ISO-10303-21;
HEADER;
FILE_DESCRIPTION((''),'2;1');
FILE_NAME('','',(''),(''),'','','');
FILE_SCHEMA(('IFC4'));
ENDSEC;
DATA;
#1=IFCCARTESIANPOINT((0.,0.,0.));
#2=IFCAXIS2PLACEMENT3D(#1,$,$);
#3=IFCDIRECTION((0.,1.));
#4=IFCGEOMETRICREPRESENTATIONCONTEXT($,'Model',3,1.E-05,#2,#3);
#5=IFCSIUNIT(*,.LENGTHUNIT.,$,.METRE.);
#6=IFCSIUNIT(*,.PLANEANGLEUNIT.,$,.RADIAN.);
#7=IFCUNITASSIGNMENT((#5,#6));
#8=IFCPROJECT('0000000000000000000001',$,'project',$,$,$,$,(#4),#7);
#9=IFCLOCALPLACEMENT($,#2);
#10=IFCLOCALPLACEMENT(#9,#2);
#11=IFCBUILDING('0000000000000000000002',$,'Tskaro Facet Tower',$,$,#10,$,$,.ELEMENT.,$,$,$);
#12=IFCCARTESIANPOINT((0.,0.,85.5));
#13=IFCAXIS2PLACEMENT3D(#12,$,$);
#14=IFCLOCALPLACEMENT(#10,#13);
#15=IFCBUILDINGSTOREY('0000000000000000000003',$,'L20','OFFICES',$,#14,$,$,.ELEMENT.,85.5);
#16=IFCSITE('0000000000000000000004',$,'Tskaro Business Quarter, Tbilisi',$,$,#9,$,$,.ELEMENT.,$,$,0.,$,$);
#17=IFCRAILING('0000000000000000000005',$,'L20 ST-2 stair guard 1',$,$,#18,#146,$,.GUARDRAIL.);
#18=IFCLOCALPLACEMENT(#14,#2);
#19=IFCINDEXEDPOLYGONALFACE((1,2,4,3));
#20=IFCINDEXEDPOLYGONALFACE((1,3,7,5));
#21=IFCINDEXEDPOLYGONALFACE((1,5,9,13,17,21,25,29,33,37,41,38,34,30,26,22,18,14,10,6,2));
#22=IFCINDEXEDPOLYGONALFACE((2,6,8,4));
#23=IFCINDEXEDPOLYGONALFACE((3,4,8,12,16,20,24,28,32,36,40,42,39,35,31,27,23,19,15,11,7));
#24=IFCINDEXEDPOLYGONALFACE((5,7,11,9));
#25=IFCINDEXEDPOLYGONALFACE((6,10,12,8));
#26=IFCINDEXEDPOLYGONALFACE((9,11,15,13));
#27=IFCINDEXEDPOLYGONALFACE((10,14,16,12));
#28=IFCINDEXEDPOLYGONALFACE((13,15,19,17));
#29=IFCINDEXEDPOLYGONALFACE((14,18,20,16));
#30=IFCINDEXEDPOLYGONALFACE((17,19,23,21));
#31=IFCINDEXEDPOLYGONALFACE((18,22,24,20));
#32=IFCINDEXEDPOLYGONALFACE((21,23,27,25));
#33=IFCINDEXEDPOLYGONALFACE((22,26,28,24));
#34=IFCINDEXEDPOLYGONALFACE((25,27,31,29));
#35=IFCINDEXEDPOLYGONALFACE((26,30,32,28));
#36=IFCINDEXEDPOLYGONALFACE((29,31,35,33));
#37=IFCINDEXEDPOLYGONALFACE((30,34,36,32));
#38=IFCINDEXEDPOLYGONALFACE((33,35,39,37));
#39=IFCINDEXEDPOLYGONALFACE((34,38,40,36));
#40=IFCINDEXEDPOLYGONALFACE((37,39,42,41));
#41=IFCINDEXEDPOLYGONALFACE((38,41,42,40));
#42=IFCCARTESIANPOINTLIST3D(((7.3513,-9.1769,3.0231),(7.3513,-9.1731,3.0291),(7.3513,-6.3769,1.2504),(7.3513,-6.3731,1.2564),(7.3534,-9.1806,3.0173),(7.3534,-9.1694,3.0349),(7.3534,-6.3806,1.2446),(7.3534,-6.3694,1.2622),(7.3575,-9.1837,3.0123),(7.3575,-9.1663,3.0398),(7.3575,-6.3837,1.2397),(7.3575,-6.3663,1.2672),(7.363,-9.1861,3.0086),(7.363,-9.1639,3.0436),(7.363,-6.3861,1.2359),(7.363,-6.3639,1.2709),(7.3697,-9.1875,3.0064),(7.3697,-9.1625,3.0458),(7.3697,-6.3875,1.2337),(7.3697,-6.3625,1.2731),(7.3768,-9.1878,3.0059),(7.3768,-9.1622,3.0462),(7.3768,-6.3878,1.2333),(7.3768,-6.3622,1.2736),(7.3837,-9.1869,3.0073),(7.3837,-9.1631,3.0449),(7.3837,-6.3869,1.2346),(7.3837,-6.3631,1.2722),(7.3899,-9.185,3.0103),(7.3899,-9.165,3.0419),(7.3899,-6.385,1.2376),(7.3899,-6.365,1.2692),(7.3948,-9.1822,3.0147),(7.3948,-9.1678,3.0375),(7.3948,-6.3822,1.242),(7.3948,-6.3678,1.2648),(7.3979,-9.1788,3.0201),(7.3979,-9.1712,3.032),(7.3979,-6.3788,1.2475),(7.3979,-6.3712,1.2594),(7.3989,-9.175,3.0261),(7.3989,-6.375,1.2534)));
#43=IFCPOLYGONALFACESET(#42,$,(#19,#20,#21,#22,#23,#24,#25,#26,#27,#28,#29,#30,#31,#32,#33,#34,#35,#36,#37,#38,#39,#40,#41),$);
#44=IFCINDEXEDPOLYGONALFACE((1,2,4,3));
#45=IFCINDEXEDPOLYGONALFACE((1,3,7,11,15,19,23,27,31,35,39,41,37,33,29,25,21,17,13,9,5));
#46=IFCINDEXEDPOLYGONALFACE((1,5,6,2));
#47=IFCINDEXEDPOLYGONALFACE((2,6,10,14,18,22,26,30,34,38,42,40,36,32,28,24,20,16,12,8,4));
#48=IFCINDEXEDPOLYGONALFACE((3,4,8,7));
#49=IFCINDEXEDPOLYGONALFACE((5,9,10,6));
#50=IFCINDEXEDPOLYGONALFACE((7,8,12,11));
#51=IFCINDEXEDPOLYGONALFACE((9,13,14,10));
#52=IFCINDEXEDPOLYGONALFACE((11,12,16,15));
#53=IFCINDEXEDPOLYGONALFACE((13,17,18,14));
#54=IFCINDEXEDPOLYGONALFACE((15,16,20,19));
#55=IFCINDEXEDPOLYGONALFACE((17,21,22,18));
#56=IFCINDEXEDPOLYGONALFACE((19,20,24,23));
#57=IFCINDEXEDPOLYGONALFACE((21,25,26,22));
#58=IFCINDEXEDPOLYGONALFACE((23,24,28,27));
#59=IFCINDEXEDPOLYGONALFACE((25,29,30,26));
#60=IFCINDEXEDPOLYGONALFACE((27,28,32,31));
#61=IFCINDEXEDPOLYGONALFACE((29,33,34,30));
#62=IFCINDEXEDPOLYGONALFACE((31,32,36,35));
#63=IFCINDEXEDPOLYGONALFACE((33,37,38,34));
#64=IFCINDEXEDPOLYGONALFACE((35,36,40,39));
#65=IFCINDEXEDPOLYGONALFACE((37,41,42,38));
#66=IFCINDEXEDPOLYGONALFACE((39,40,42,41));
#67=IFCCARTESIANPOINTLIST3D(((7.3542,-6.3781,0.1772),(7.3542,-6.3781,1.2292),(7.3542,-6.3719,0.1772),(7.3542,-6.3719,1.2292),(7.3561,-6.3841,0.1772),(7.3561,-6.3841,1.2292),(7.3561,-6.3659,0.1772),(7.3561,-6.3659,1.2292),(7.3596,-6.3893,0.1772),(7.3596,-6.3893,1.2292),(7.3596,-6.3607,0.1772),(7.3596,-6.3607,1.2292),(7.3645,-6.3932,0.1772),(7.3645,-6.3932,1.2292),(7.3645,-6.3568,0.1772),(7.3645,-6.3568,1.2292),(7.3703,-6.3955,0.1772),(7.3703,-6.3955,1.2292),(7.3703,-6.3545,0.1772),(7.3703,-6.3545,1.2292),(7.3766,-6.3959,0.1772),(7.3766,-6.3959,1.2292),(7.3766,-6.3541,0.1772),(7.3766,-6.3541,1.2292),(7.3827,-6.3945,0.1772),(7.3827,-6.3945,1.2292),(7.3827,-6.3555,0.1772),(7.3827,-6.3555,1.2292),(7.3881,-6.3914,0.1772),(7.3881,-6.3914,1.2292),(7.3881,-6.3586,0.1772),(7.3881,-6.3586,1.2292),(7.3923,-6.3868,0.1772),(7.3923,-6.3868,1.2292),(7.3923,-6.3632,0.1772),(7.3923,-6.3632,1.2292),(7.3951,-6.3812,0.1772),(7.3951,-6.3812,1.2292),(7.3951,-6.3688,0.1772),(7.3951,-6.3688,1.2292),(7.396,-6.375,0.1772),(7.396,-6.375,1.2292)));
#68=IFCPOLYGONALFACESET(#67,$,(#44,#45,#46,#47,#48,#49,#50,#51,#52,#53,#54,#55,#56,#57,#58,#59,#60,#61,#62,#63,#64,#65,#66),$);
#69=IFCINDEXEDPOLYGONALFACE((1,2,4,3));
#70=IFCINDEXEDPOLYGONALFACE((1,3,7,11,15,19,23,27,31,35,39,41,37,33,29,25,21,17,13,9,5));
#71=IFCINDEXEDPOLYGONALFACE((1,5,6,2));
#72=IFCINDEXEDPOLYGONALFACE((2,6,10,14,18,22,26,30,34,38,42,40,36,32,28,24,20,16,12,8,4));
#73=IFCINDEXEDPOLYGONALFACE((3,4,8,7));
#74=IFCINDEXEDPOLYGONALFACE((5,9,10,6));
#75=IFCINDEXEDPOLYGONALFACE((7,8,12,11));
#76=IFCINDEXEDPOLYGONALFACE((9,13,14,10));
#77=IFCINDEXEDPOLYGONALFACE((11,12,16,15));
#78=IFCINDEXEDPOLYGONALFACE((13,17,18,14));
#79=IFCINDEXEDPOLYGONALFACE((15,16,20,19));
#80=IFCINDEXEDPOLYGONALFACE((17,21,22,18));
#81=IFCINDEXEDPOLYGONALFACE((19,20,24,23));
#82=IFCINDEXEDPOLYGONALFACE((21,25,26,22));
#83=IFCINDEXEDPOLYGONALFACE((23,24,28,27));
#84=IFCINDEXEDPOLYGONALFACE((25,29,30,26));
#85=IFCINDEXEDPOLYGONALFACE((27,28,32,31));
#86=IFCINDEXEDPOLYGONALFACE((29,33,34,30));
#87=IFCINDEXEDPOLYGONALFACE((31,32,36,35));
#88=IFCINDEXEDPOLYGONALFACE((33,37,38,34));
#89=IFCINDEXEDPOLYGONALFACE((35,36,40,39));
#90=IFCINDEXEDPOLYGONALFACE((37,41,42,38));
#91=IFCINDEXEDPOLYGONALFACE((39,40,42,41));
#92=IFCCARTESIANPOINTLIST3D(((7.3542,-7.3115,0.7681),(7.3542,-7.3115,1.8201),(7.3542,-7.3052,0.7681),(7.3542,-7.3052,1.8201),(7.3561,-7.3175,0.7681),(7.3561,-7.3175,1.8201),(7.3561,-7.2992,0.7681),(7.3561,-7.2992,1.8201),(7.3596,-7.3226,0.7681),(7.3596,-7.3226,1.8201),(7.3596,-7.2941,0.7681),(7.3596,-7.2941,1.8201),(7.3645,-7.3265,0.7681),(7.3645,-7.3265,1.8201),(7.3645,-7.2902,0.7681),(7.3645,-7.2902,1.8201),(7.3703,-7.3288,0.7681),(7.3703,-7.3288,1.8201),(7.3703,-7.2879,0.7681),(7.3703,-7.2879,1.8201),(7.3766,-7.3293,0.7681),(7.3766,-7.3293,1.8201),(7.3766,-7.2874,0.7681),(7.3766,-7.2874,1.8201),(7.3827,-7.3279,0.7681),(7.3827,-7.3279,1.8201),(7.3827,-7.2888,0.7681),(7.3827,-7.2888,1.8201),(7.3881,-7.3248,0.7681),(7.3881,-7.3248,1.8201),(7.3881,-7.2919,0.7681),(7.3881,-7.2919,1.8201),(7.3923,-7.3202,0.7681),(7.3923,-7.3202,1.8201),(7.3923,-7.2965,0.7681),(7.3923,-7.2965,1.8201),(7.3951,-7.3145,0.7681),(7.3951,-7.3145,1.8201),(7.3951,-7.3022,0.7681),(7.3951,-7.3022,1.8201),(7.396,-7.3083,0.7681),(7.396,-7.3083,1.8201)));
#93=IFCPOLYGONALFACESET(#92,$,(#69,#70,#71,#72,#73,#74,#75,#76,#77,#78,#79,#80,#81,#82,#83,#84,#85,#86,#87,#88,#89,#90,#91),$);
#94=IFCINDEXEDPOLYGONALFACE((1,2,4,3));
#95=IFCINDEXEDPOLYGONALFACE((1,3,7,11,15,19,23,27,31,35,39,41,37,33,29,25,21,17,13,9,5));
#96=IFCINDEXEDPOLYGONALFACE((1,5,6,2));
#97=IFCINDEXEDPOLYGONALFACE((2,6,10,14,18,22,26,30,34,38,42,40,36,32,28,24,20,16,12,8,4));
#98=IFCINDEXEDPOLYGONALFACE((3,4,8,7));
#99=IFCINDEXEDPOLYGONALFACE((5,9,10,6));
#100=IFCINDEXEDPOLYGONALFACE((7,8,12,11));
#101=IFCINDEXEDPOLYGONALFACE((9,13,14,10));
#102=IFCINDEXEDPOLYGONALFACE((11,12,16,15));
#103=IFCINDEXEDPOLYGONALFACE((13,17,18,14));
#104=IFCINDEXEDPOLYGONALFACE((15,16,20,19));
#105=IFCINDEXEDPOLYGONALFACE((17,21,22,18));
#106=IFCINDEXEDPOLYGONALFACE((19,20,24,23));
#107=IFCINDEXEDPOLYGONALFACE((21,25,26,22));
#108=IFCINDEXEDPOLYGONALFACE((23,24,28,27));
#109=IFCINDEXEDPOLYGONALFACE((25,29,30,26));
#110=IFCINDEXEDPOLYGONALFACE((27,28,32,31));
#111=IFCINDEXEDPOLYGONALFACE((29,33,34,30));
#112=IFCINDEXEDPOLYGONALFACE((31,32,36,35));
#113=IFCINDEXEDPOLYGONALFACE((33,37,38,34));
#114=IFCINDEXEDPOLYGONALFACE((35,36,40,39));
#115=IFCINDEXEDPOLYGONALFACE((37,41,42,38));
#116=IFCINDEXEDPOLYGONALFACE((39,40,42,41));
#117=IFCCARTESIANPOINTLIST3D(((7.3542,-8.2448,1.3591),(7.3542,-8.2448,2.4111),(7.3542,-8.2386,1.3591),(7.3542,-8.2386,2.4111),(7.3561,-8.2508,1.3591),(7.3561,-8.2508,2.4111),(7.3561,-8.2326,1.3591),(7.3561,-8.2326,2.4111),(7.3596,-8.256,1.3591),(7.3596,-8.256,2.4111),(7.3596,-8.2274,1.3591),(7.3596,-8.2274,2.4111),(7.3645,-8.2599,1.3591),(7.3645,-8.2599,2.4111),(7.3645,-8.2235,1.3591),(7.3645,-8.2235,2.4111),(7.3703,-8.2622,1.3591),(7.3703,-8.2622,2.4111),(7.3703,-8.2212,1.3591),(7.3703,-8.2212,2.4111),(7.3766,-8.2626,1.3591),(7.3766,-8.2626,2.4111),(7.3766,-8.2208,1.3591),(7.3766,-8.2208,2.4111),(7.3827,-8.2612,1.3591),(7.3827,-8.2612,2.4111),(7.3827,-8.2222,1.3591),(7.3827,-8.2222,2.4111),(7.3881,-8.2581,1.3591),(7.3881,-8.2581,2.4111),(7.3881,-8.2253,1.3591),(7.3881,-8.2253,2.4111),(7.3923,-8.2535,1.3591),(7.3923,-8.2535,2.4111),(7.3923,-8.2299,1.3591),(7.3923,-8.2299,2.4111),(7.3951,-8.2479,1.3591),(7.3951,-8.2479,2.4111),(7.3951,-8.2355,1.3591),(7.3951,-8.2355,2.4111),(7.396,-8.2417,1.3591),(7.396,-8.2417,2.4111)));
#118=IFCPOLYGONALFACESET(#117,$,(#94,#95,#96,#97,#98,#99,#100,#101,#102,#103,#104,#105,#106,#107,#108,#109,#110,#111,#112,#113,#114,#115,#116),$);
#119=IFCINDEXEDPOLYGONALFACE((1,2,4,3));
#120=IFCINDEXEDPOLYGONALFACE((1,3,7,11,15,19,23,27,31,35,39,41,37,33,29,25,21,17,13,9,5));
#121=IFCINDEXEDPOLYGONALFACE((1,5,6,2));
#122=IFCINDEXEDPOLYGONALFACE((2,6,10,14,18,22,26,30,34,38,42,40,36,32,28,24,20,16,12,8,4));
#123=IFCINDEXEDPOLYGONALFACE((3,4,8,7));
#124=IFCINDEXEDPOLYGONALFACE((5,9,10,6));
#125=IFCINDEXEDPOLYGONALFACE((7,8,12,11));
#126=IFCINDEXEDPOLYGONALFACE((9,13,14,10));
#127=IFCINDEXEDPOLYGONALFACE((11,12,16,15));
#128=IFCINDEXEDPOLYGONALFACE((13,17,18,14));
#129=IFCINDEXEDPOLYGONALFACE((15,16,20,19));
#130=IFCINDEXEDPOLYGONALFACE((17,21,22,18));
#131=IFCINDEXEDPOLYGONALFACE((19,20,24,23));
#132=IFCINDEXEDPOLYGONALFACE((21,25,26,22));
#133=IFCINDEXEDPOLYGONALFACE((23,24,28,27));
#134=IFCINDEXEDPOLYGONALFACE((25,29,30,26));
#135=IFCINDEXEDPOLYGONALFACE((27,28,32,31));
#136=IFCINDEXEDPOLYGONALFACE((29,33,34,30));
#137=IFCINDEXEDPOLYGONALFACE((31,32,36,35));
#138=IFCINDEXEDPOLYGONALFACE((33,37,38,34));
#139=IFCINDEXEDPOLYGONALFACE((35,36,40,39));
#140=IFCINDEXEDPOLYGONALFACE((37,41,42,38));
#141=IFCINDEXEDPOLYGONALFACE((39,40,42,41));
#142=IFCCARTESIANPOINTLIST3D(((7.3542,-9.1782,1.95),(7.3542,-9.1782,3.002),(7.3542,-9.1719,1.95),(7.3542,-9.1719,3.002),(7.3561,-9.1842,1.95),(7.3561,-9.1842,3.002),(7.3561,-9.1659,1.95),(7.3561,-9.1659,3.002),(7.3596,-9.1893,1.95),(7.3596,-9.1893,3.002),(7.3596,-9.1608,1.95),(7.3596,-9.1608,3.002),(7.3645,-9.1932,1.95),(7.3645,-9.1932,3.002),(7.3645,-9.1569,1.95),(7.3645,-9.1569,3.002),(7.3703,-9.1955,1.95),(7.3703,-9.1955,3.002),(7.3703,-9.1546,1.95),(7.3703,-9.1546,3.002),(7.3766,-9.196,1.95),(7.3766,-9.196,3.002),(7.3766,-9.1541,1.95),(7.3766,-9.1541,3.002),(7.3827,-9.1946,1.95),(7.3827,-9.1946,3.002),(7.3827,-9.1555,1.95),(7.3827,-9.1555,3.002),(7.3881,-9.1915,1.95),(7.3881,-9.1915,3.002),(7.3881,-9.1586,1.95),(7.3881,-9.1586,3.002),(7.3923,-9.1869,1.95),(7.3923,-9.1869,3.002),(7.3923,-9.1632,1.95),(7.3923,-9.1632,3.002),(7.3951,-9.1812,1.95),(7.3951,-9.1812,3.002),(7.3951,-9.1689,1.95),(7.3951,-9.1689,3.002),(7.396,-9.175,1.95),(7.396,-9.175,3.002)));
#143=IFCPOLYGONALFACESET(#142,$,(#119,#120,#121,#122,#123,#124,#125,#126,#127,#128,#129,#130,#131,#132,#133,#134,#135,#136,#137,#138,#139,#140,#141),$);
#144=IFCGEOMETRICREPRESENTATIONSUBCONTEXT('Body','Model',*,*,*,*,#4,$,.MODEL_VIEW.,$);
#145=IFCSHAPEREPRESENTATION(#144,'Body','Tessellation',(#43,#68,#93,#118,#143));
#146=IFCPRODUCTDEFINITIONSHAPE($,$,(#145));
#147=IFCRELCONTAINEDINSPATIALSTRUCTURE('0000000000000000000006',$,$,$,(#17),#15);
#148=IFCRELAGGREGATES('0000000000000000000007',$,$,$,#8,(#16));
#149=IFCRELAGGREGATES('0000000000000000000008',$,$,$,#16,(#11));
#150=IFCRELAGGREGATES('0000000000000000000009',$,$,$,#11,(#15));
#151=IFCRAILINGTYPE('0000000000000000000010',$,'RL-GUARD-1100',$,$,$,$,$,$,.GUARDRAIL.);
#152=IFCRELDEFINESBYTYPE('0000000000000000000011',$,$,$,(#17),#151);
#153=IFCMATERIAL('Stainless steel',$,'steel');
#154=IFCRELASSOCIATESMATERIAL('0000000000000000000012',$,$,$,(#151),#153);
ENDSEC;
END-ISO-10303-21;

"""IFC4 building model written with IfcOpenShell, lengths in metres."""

from ifc_helpers import new_model, si_unit, direction, frame, origin, origin_2d, place, context, subcontext, project, spatial, circle, extrude, material, type_object, element, save


model = new_model("IFC4")

# Units and contexts
model_context = context("Model", 3, precision=1e-05, world=origin(), true_north=direction((0.0, 1.0)))
body_context = subcontext(model_context, "Body", "Model", "MODEL_VIEW")
ifc_project = project(units=[si_unit("LENGTHUNIT", "METRE"), si_unit("PLANEANGLEUNIT", "RADIAN")], contexts=[model_context])

# Site, building, storey
site_placement = place(None, origin())
site = spatial("IfcSite", under=ifc_project, at=site_placement, Name="Tskaro Business Quarter, Tbilisi", CompositionType="ELEMENT", RefElevation=0.0)
building_placement = place(site_placement, origin())
building = spatial("IfcBuilding", under=site, at=building_placement, Name="Tskaro Facet Tower", CompositionType="ELEMENT")
storey_placement = place(building_placement, frame((0.0, 0.0, 85.5)))
storey = spatial("IfcBuildingStorey", under=building, at=storey_placement, Name="L20", Description="OFFICES", CompositionType="ELEMENT", Elevation=85.5)

# Railing
ifc_material_1 = material(Name="Stainless steel", Category="steel")
railing_type_1 = type_object("IfcRailingType", Name="RL-GUARD-1100", PredefinedType="GUARDRAIL", material=ifc_material_1)
railing_1_placement = place(storey_placement, frame((7.375, -6.375, 0.1772)))
element("IfcRailing", 1, at=railing_1_placement, inside=storey, type_object=railing_type_1, Name="L20 ST-2 stair guard 1", PredefinedType="GUARDRAIL", context=body_context, shape_type="SweptSolid", body=[
    extrude(circle(Radius=0.0239, at=origin_2d()), frame((0.0, 0.0, 1.0762), z_axis=(0.0, -0.844909, 0.53491), x_axis=(1.0, 0.0, 0.0)), (0.0, 0.0, 1.0), 3.314),
    extrude(circle(Radius=0.021, at=origin_2d()), origin(), (0.0, 0.0, 1.0), 1.052),
    extrude(circle(Radius=0.021, at=origin_2d()), frame((0.0, -0.9333, 0.5908)), (0.0, 0.0, 1.0), 1.052),
    extrude(circle(Radius=0.021, at=origin_2d()), frame((0.0, -1.8667, 1.1819)), (0.0, 0.0, 1.0), 1.052),
    extrude(circle(Radius=0.021, at=origin_2d()), frame((0.0, -2.8, 1.7727)), (0.0, 0.0, 1.0), 1.052),
])

save(model, "model.ifc")
